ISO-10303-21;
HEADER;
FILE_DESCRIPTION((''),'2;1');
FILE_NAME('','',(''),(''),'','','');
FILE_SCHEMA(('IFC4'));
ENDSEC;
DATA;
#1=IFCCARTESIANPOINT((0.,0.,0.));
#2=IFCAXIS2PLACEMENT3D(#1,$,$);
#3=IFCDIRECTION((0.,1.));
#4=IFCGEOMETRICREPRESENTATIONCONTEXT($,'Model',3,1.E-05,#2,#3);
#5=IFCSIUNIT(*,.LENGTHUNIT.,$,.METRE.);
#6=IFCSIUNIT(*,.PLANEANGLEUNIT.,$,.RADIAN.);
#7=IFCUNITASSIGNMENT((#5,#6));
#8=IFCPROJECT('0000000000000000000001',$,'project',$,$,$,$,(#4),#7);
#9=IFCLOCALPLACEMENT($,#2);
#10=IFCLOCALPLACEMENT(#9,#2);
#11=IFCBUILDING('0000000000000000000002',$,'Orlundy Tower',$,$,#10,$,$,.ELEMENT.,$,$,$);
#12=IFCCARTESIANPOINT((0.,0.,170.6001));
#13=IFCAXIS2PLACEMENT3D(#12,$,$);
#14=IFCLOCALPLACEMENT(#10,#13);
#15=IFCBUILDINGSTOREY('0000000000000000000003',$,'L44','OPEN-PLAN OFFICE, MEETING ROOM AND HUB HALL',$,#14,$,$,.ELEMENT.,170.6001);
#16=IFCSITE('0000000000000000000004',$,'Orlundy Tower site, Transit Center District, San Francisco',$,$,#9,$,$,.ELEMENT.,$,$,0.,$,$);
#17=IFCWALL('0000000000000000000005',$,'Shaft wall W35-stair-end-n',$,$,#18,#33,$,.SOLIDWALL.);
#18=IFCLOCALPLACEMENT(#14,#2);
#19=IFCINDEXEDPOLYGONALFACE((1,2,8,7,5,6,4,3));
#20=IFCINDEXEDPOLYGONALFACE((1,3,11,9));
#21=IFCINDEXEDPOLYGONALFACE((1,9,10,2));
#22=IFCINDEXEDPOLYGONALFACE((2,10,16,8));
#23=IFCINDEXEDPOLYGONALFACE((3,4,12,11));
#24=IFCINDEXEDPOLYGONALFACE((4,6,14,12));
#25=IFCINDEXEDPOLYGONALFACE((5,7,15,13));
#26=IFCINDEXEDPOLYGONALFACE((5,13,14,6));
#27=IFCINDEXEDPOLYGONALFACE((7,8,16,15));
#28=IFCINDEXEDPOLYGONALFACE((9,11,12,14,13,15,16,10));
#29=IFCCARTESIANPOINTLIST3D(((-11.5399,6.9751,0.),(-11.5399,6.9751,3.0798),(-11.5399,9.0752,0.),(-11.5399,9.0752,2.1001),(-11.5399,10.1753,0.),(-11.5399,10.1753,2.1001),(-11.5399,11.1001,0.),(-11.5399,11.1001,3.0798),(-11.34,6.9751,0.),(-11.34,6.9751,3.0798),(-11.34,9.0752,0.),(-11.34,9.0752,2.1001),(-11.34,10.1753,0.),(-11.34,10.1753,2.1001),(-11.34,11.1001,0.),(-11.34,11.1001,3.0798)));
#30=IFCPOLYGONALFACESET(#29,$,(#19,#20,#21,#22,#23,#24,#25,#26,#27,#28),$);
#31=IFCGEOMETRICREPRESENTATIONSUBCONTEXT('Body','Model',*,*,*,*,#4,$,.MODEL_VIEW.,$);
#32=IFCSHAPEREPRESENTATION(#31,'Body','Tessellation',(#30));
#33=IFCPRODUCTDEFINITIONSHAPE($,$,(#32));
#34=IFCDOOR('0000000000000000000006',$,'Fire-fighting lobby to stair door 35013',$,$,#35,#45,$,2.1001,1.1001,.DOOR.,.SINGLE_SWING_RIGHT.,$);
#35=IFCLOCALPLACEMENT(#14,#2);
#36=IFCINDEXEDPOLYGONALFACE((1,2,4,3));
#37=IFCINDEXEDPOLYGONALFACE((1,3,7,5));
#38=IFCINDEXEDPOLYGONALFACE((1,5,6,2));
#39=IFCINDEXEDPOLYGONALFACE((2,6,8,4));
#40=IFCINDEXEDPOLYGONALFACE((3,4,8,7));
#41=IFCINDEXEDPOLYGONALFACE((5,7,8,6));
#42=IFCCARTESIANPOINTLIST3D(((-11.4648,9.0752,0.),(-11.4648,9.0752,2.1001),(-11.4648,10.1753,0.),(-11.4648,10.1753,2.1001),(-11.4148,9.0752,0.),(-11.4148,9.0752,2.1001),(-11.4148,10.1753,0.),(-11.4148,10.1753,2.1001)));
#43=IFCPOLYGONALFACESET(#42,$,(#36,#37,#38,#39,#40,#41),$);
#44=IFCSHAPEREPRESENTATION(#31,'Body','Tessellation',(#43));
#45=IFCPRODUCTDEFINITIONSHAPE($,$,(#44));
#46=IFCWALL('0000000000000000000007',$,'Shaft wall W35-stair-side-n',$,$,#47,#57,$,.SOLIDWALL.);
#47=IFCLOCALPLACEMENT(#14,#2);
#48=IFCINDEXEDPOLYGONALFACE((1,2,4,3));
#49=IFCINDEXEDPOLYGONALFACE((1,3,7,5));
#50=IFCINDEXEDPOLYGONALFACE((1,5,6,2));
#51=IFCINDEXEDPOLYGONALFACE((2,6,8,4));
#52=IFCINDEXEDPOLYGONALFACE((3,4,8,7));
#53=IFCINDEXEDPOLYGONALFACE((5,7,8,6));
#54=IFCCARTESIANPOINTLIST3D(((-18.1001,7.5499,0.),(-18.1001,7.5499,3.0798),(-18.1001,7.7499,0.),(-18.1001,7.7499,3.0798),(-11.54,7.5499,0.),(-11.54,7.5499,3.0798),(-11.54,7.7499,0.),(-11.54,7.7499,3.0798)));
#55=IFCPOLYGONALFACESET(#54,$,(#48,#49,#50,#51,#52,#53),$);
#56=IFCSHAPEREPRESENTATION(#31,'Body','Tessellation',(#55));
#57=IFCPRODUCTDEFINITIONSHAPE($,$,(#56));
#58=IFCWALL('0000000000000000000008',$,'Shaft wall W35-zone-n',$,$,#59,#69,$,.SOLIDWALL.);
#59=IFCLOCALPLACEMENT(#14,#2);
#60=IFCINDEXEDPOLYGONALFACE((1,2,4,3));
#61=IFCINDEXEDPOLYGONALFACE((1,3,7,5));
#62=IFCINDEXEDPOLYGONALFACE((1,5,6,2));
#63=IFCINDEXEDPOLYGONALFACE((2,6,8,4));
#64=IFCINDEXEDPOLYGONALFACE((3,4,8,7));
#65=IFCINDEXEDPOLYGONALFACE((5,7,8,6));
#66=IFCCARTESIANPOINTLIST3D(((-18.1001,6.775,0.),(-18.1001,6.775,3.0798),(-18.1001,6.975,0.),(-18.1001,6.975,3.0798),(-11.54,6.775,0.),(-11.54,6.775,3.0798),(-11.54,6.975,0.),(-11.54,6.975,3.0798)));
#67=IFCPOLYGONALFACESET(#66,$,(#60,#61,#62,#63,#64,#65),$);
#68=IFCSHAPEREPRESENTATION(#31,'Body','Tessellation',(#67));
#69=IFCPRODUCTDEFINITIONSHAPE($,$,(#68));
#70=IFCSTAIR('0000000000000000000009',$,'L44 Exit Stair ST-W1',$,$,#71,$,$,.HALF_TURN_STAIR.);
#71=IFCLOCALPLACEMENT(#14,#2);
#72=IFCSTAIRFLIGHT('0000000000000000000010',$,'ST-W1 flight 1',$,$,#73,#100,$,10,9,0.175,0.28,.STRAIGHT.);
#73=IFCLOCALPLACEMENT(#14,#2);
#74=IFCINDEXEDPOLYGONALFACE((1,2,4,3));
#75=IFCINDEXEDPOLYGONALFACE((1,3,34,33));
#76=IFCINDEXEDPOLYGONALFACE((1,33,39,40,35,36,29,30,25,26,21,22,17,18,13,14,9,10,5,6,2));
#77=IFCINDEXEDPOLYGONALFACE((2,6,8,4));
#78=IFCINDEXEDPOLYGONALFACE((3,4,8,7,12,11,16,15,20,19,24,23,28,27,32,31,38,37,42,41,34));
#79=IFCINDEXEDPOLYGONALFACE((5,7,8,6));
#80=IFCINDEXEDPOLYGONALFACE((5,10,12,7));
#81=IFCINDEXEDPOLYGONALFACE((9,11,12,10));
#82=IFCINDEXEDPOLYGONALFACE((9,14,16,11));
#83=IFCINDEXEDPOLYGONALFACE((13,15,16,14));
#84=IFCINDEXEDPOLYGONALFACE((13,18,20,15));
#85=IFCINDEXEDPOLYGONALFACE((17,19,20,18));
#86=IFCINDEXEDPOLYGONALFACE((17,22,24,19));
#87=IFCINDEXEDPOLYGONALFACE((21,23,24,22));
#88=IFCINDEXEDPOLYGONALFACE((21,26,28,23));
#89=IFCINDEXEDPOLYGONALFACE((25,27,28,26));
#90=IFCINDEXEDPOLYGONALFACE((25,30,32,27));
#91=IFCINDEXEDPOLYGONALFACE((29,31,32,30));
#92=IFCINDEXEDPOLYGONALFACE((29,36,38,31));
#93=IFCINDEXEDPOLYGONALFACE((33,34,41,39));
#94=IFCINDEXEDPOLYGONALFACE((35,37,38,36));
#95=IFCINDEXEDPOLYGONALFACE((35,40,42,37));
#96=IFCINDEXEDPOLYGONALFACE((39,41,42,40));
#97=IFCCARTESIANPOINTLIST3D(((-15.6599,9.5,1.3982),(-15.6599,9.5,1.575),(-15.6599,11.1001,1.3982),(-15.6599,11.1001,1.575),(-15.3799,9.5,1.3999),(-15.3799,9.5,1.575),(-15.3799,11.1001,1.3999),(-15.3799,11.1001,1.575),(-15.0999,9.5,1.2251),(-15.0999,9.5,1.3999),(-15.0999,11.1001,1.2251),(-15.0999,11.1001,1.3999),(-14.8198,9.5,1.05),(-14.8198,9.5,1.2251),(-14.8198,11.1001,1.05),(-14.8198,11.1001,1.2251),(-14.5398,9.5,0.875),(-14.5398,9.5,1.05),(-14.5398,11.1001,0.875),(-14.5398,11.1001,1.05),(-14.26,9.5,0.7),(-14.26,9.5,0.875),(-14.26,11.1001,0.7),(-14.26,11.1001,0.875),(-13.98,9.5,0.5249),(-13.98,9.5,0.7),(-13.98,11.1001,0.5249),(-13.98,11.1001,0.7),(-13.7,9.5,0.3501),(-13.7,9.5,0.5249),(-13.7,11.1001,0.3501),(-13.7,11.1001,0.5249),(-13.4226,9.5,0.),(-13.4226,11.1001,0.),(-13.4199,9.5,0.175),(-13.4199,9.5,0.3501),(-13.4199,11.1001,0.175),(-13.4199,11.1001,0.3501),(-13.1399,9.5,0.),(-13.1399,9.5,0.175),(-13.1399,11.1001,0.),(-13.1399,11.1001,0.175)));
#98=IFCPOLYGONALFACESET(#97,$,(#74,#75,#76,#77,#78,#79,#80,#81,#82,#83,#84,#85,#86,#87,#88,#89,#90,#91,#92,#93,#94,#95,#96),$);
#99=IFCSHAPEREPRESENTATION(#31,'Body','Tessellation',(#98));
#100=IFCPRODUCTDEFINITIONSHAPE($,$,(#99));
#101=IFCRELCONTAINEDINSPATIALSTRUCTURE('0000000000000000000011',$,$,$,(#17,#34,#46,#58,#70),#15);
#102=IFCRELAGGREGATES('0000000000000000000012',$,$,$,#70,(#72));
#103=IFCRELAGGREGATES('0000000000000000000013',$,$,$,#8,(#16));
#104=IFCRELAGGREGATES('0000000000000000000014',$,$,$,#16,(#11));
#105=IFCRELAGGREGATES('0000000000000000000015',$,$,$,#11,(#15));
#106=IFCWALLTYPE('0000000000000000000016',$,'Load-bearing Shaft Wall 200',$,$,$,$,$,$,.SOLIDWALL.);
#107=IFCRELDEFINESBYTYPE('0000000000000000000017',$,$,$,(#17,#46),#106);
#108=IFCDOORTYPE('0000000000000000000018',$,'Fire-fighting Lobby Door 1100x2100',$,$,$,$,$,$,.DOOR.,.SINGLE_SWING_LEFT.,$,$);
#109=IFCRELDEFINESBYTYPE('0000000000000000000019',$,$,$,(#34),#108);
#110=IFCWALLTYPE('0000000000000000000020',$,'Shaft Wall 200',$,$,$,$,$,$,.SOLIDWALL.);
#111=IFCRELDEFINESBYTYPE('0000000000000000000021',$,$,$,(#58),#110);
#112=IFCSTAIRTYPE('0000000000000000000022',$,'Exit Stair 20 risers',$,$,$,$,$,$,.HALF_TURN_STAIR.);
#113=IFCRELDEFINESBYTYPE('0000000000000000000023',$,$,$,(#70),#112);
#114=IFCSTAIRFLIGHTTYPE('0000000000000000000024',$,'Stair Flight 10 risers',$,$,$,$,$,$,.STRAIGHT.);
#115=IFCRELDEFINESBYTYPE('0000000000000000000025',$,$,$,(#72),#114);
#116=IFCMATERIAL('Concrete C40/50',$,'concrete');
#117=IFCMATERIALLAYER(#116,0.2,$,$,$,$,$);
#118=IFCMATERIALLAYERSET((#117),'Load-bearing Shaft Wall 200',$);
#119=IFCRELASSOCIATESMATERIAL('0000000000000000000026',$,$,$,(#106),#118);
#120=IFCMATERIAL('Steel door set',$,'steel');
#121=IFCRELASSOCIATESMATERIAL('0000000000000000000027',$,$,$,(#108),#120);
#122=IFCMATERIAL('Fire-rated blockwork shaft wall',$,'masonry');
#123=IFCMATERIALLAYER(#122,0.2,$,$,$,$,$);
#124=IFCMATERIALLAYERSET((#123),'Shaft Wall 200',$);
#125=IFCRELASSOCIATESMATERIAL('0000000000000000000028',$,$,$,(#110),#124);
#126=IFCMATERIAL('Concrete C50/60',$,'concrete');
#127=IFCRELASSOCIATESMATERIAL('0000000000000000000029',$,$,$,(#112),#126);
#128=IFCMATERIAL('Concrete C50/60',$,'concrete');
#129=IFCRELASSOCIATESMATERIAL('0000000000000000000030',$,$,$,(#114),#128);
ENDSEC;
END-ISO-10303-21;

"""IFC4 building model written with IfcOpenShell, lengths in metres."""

from ifc_helpers import new_model, si_unit, direction, frame, frame_2d, origin, place, context, subcontext, project, spatial, polyline, rectangle, outline, extrude, material, layer, layer_set, type_object, element, fill, aggregate, save


model = new_model("IFC4")

# Units and contexts
model_context = context("Model", 3, precision=1e-05, world=origin(), true_north=direction((0.0, 1.0)))
body_context = subcontext(model_context, "Body", "Model", "MODEL_VIEW")
ifc_project = project(units=[si_unit("LENGTHUNIT", "METRE"), si_unit("PLANEANGLEUNIT", "RADIAN")], contexts=[model_context])

# Site, building, storey
site_placement = place(None, origin())
site = spatial("IfcSite", under=ifc_project, at=site_placement, Name="Orlundy Tower site, Transit Center District, San Francisco", CompositionType="ELEMENT", RefElevation=0.0)
building_placement = place(site_placement, origin())
building = spatial("IfcBuilding", under=site, at=building_placement, Name="Orlundy Tower", CompositionType="ELEMENT")
storey_placement = place(building_placement, frame((0.0, 0.0, 170.6001)))
storey = spatial("IfcBuildingStorey", under=building, at=storey_placement, Name="L44", Description="OPEN-PLAN OFFICE, MEETING ROOM AND HUB HALL", CompositionType="ELEMENT", Elevation=170.6001)

# Wall, opening, door
ifc_material_1 = material(Name="Concrete C40/50", Category="concrete")
ifc_layer_1 = layer(ifc_material_1, 0.2)
ifc_layer_set_1 = layer_set([ifc_layer_1], Name="Load-bearing Shaft Wall 200")
wall_type_1 = type_object("IfcWallType", Name="Load-bearing Shaft Wall 200", PredefinedType="SOLIDWALL", material=ifc_layer_set_1)
wall_1_placement = place(storey_placement, frame((-11.4399, 6.9751, 0.0), z_axis=(0.0, 0.0, 1.0), x_axis=(0.0, 1.0, 0.0)))
wall_1 = element("IfcWall", 1, at=wall_1_placement, inside=storey, type_object=wall_type_1, Name="Shaft wall W35-stair-end-n", PredefinedType="SOLIDWALL", context=body_context, shape_type="SweptSolid", body=[
    extrude(rectangle(XDim=4.125, YDim=0.2, at=frame_2d((2.0625, 0.0))), origin(), (0.0, 0.0, 1.0), 3.0798),
])
opening_1_placement = place(wall_1_placement, frame((2.1001, 0.0, 0.0)))
opening_1 = element("IfcOpeningElement", 2, at=opening_1_placement, cuts=wall_1, PredefinedType="OPENING", context=body_context, shape_type="SweptSolid", body=[
    extrude(rectangle(XDim=1.1001, YDim=2.1001, at=frame_2d((0.55, 1.05))), frame((0.0, 0.1101, 0.0), z_axis=(0.0, -1.0, 0.0), x_axis=(1.0, 0.0, 0.0)), (0.0, 0.0, 1.0), 0.2202),
])
ifc_material_2 = material(Name="Steel door set", Category="steel")
door_type_1 = type_object("IfcDoorType", Name="Fire-fighting Lobby Door 1100x2100", OperationType="SINGLE_SWING_LEFT", PredefinedType="DOOR", material=ifc_material_2)
door_1_placement = place(opening_1_placement, origin())
door_1 = element("IfcDoor", 3, at=door_1_placement, inside=storey, type_object=door_type_1, Name="Fire-fighting lobby to stair door 35013", OperationType="SINGLE_SWING_RIGHT", OverallHeight=2.1001, OverallWidth=1.1001, PredefinedType="DOOR", context=body_context, shape_type="SweptSolid", body=[
    extrude(rectangle(XDim=1.1001, YDim=2.1001, at=frame_2d((0.55, 1.05))), frame((0.0, 0.0249, 0.0), z_axis=(0.0, -1.0, 0.0), x_axis=(1.0, 0.0, 0.0)), (0.0, 0.0, 1.0), 0.05),
])
fill(opening_1, door_1)

# Walls
wall_2_placement = place(storey_placement, frame((-11.54, 7.6499, 0.0), z_axis=(0.0, 0.0, 1.0), x_axis=(-1.0, 0.0, 0.0)))
element("IfcWall", 4, at=wall_2_placement, inside=storey, type_object=wall_type_1, Name="Shaft wall W35-stair-side-n", PredefinedType="SOLIDWALL", context=body_context, shape_type="SweptSolid", body=[
    extrude(rectangle(XDim=6.5601, YDim=0.2, at=frame_2d((3.28, 0.0))), origin(), (0.0, 0.0, 1.0), 3.0798),
])
ifc_material_3 = material(Name="Fire-rated blockwork shaft wall", Category="masonry")
ifc_layer_2 = layer(ifc_material_3, 0.2)
ifc_layer_set_2 = layer_set([ifc_layer_2], Name="Shaft Wall 200")
wall_type_2 = type_object("IfcWallType", Name="Shaft Wall 200", PredefinedType="SOLIDWALL", material=ifc_layer_set_2)
wall_3_placement = place(storey_placement, frame((-11.54, 6.875, 0.0), z_axis=(0.0, 0.0, 1.0), x_axis=(-1.0, 0.0, 0.0)))
element("IfcWall", 5, at=wall_3_placement, inside=storey, type_object=wall_type_2, Name="Shaft wall W35-zone-n", PredefinedType="SOLIDWALL", context=body_context, shape_type="SweptSolid", body=[
    extrude(rectangle(XDim=6.5601, YDim=0.2, at=frame_2d((3.28, 0.0))), origin(), (0.0, 0.0, 1.0), 3.0798),
])

# Stair, stair flight
ifc_material_4 = material(Name="Concrete C50/60", Category="concrete")
stair_type = type_object("IfcStairType", Name="Exit Stair 20 risers", PredefinedType="HALF_TURN_STAIR", material=ifc_material_4)
stair_placement = place(storey_placement, origin())
stair = element("IfcStair", 6, at=stair_placement, inside=storey, type_object=stair_type, Name="L44 Exit Stair ST-W1", PredefinedType="HALF_TURN_STAIR")
ifc_material_5 = material(Name="Concrete C50/60", Category="concrete")
stair_flight_type = type_object("IfcStairFlightType", Name="Stair Flight 10 risers", PredefinedType="STRAIGHT", material=ifc_material_5)
stair_flight_placement = place(storey_placement, frame((-13.1399, 10.3, 0.0), z_axis=(0.0, 0.0, 1.0), x_axis=(-1.0, 0.0, 0.0)))
stair_flight = element("IfcStairFlight", 7, at=stair_flight_placement, type_object=stair_flight_type, Name="ST-W1 flight 1", NumberOfRisers=10, NumberOfTreads=9, PredefinedType="STRAIGHT", RiserHeight=0.175, TreadLength=0.28, context=body_context, shape_type="SweptSolid", body=[
    extrude(outline(polyline([(0.0, 0.0), (0.0, 0.175), (0.28, 0.175), (0.28, 0.3501), (0.5601, 0.3501), (0.5601, 0.5249), (0.8401, 0.5249), (0.8401, 0.7), (1.1201, 0.7), (1.1201, 0.875), (1.3999, 0.875), (1.3999, 1.05), (1.6799, 1.05), (1.6799, 1.2251), (1.96, 1.2251), (1.96, 1.3999), (2.24, 1.3999), (2.24, 1.575), (2.52, 1.575), (2.52, 1.75), (2.52, 1.3982), (0.2827, 0.0), (0.0, 0.0)])), frame((0.0, 0.8, 0.0), z_axis=(0.0, -1.0, 0.0), x_axis=(1.0, 0.0, 0.0)), (0.0, 0.0, 1.0), 1.6001),
])
aggregate(stair, [stair_flight])

save(model, "model.ifc")
